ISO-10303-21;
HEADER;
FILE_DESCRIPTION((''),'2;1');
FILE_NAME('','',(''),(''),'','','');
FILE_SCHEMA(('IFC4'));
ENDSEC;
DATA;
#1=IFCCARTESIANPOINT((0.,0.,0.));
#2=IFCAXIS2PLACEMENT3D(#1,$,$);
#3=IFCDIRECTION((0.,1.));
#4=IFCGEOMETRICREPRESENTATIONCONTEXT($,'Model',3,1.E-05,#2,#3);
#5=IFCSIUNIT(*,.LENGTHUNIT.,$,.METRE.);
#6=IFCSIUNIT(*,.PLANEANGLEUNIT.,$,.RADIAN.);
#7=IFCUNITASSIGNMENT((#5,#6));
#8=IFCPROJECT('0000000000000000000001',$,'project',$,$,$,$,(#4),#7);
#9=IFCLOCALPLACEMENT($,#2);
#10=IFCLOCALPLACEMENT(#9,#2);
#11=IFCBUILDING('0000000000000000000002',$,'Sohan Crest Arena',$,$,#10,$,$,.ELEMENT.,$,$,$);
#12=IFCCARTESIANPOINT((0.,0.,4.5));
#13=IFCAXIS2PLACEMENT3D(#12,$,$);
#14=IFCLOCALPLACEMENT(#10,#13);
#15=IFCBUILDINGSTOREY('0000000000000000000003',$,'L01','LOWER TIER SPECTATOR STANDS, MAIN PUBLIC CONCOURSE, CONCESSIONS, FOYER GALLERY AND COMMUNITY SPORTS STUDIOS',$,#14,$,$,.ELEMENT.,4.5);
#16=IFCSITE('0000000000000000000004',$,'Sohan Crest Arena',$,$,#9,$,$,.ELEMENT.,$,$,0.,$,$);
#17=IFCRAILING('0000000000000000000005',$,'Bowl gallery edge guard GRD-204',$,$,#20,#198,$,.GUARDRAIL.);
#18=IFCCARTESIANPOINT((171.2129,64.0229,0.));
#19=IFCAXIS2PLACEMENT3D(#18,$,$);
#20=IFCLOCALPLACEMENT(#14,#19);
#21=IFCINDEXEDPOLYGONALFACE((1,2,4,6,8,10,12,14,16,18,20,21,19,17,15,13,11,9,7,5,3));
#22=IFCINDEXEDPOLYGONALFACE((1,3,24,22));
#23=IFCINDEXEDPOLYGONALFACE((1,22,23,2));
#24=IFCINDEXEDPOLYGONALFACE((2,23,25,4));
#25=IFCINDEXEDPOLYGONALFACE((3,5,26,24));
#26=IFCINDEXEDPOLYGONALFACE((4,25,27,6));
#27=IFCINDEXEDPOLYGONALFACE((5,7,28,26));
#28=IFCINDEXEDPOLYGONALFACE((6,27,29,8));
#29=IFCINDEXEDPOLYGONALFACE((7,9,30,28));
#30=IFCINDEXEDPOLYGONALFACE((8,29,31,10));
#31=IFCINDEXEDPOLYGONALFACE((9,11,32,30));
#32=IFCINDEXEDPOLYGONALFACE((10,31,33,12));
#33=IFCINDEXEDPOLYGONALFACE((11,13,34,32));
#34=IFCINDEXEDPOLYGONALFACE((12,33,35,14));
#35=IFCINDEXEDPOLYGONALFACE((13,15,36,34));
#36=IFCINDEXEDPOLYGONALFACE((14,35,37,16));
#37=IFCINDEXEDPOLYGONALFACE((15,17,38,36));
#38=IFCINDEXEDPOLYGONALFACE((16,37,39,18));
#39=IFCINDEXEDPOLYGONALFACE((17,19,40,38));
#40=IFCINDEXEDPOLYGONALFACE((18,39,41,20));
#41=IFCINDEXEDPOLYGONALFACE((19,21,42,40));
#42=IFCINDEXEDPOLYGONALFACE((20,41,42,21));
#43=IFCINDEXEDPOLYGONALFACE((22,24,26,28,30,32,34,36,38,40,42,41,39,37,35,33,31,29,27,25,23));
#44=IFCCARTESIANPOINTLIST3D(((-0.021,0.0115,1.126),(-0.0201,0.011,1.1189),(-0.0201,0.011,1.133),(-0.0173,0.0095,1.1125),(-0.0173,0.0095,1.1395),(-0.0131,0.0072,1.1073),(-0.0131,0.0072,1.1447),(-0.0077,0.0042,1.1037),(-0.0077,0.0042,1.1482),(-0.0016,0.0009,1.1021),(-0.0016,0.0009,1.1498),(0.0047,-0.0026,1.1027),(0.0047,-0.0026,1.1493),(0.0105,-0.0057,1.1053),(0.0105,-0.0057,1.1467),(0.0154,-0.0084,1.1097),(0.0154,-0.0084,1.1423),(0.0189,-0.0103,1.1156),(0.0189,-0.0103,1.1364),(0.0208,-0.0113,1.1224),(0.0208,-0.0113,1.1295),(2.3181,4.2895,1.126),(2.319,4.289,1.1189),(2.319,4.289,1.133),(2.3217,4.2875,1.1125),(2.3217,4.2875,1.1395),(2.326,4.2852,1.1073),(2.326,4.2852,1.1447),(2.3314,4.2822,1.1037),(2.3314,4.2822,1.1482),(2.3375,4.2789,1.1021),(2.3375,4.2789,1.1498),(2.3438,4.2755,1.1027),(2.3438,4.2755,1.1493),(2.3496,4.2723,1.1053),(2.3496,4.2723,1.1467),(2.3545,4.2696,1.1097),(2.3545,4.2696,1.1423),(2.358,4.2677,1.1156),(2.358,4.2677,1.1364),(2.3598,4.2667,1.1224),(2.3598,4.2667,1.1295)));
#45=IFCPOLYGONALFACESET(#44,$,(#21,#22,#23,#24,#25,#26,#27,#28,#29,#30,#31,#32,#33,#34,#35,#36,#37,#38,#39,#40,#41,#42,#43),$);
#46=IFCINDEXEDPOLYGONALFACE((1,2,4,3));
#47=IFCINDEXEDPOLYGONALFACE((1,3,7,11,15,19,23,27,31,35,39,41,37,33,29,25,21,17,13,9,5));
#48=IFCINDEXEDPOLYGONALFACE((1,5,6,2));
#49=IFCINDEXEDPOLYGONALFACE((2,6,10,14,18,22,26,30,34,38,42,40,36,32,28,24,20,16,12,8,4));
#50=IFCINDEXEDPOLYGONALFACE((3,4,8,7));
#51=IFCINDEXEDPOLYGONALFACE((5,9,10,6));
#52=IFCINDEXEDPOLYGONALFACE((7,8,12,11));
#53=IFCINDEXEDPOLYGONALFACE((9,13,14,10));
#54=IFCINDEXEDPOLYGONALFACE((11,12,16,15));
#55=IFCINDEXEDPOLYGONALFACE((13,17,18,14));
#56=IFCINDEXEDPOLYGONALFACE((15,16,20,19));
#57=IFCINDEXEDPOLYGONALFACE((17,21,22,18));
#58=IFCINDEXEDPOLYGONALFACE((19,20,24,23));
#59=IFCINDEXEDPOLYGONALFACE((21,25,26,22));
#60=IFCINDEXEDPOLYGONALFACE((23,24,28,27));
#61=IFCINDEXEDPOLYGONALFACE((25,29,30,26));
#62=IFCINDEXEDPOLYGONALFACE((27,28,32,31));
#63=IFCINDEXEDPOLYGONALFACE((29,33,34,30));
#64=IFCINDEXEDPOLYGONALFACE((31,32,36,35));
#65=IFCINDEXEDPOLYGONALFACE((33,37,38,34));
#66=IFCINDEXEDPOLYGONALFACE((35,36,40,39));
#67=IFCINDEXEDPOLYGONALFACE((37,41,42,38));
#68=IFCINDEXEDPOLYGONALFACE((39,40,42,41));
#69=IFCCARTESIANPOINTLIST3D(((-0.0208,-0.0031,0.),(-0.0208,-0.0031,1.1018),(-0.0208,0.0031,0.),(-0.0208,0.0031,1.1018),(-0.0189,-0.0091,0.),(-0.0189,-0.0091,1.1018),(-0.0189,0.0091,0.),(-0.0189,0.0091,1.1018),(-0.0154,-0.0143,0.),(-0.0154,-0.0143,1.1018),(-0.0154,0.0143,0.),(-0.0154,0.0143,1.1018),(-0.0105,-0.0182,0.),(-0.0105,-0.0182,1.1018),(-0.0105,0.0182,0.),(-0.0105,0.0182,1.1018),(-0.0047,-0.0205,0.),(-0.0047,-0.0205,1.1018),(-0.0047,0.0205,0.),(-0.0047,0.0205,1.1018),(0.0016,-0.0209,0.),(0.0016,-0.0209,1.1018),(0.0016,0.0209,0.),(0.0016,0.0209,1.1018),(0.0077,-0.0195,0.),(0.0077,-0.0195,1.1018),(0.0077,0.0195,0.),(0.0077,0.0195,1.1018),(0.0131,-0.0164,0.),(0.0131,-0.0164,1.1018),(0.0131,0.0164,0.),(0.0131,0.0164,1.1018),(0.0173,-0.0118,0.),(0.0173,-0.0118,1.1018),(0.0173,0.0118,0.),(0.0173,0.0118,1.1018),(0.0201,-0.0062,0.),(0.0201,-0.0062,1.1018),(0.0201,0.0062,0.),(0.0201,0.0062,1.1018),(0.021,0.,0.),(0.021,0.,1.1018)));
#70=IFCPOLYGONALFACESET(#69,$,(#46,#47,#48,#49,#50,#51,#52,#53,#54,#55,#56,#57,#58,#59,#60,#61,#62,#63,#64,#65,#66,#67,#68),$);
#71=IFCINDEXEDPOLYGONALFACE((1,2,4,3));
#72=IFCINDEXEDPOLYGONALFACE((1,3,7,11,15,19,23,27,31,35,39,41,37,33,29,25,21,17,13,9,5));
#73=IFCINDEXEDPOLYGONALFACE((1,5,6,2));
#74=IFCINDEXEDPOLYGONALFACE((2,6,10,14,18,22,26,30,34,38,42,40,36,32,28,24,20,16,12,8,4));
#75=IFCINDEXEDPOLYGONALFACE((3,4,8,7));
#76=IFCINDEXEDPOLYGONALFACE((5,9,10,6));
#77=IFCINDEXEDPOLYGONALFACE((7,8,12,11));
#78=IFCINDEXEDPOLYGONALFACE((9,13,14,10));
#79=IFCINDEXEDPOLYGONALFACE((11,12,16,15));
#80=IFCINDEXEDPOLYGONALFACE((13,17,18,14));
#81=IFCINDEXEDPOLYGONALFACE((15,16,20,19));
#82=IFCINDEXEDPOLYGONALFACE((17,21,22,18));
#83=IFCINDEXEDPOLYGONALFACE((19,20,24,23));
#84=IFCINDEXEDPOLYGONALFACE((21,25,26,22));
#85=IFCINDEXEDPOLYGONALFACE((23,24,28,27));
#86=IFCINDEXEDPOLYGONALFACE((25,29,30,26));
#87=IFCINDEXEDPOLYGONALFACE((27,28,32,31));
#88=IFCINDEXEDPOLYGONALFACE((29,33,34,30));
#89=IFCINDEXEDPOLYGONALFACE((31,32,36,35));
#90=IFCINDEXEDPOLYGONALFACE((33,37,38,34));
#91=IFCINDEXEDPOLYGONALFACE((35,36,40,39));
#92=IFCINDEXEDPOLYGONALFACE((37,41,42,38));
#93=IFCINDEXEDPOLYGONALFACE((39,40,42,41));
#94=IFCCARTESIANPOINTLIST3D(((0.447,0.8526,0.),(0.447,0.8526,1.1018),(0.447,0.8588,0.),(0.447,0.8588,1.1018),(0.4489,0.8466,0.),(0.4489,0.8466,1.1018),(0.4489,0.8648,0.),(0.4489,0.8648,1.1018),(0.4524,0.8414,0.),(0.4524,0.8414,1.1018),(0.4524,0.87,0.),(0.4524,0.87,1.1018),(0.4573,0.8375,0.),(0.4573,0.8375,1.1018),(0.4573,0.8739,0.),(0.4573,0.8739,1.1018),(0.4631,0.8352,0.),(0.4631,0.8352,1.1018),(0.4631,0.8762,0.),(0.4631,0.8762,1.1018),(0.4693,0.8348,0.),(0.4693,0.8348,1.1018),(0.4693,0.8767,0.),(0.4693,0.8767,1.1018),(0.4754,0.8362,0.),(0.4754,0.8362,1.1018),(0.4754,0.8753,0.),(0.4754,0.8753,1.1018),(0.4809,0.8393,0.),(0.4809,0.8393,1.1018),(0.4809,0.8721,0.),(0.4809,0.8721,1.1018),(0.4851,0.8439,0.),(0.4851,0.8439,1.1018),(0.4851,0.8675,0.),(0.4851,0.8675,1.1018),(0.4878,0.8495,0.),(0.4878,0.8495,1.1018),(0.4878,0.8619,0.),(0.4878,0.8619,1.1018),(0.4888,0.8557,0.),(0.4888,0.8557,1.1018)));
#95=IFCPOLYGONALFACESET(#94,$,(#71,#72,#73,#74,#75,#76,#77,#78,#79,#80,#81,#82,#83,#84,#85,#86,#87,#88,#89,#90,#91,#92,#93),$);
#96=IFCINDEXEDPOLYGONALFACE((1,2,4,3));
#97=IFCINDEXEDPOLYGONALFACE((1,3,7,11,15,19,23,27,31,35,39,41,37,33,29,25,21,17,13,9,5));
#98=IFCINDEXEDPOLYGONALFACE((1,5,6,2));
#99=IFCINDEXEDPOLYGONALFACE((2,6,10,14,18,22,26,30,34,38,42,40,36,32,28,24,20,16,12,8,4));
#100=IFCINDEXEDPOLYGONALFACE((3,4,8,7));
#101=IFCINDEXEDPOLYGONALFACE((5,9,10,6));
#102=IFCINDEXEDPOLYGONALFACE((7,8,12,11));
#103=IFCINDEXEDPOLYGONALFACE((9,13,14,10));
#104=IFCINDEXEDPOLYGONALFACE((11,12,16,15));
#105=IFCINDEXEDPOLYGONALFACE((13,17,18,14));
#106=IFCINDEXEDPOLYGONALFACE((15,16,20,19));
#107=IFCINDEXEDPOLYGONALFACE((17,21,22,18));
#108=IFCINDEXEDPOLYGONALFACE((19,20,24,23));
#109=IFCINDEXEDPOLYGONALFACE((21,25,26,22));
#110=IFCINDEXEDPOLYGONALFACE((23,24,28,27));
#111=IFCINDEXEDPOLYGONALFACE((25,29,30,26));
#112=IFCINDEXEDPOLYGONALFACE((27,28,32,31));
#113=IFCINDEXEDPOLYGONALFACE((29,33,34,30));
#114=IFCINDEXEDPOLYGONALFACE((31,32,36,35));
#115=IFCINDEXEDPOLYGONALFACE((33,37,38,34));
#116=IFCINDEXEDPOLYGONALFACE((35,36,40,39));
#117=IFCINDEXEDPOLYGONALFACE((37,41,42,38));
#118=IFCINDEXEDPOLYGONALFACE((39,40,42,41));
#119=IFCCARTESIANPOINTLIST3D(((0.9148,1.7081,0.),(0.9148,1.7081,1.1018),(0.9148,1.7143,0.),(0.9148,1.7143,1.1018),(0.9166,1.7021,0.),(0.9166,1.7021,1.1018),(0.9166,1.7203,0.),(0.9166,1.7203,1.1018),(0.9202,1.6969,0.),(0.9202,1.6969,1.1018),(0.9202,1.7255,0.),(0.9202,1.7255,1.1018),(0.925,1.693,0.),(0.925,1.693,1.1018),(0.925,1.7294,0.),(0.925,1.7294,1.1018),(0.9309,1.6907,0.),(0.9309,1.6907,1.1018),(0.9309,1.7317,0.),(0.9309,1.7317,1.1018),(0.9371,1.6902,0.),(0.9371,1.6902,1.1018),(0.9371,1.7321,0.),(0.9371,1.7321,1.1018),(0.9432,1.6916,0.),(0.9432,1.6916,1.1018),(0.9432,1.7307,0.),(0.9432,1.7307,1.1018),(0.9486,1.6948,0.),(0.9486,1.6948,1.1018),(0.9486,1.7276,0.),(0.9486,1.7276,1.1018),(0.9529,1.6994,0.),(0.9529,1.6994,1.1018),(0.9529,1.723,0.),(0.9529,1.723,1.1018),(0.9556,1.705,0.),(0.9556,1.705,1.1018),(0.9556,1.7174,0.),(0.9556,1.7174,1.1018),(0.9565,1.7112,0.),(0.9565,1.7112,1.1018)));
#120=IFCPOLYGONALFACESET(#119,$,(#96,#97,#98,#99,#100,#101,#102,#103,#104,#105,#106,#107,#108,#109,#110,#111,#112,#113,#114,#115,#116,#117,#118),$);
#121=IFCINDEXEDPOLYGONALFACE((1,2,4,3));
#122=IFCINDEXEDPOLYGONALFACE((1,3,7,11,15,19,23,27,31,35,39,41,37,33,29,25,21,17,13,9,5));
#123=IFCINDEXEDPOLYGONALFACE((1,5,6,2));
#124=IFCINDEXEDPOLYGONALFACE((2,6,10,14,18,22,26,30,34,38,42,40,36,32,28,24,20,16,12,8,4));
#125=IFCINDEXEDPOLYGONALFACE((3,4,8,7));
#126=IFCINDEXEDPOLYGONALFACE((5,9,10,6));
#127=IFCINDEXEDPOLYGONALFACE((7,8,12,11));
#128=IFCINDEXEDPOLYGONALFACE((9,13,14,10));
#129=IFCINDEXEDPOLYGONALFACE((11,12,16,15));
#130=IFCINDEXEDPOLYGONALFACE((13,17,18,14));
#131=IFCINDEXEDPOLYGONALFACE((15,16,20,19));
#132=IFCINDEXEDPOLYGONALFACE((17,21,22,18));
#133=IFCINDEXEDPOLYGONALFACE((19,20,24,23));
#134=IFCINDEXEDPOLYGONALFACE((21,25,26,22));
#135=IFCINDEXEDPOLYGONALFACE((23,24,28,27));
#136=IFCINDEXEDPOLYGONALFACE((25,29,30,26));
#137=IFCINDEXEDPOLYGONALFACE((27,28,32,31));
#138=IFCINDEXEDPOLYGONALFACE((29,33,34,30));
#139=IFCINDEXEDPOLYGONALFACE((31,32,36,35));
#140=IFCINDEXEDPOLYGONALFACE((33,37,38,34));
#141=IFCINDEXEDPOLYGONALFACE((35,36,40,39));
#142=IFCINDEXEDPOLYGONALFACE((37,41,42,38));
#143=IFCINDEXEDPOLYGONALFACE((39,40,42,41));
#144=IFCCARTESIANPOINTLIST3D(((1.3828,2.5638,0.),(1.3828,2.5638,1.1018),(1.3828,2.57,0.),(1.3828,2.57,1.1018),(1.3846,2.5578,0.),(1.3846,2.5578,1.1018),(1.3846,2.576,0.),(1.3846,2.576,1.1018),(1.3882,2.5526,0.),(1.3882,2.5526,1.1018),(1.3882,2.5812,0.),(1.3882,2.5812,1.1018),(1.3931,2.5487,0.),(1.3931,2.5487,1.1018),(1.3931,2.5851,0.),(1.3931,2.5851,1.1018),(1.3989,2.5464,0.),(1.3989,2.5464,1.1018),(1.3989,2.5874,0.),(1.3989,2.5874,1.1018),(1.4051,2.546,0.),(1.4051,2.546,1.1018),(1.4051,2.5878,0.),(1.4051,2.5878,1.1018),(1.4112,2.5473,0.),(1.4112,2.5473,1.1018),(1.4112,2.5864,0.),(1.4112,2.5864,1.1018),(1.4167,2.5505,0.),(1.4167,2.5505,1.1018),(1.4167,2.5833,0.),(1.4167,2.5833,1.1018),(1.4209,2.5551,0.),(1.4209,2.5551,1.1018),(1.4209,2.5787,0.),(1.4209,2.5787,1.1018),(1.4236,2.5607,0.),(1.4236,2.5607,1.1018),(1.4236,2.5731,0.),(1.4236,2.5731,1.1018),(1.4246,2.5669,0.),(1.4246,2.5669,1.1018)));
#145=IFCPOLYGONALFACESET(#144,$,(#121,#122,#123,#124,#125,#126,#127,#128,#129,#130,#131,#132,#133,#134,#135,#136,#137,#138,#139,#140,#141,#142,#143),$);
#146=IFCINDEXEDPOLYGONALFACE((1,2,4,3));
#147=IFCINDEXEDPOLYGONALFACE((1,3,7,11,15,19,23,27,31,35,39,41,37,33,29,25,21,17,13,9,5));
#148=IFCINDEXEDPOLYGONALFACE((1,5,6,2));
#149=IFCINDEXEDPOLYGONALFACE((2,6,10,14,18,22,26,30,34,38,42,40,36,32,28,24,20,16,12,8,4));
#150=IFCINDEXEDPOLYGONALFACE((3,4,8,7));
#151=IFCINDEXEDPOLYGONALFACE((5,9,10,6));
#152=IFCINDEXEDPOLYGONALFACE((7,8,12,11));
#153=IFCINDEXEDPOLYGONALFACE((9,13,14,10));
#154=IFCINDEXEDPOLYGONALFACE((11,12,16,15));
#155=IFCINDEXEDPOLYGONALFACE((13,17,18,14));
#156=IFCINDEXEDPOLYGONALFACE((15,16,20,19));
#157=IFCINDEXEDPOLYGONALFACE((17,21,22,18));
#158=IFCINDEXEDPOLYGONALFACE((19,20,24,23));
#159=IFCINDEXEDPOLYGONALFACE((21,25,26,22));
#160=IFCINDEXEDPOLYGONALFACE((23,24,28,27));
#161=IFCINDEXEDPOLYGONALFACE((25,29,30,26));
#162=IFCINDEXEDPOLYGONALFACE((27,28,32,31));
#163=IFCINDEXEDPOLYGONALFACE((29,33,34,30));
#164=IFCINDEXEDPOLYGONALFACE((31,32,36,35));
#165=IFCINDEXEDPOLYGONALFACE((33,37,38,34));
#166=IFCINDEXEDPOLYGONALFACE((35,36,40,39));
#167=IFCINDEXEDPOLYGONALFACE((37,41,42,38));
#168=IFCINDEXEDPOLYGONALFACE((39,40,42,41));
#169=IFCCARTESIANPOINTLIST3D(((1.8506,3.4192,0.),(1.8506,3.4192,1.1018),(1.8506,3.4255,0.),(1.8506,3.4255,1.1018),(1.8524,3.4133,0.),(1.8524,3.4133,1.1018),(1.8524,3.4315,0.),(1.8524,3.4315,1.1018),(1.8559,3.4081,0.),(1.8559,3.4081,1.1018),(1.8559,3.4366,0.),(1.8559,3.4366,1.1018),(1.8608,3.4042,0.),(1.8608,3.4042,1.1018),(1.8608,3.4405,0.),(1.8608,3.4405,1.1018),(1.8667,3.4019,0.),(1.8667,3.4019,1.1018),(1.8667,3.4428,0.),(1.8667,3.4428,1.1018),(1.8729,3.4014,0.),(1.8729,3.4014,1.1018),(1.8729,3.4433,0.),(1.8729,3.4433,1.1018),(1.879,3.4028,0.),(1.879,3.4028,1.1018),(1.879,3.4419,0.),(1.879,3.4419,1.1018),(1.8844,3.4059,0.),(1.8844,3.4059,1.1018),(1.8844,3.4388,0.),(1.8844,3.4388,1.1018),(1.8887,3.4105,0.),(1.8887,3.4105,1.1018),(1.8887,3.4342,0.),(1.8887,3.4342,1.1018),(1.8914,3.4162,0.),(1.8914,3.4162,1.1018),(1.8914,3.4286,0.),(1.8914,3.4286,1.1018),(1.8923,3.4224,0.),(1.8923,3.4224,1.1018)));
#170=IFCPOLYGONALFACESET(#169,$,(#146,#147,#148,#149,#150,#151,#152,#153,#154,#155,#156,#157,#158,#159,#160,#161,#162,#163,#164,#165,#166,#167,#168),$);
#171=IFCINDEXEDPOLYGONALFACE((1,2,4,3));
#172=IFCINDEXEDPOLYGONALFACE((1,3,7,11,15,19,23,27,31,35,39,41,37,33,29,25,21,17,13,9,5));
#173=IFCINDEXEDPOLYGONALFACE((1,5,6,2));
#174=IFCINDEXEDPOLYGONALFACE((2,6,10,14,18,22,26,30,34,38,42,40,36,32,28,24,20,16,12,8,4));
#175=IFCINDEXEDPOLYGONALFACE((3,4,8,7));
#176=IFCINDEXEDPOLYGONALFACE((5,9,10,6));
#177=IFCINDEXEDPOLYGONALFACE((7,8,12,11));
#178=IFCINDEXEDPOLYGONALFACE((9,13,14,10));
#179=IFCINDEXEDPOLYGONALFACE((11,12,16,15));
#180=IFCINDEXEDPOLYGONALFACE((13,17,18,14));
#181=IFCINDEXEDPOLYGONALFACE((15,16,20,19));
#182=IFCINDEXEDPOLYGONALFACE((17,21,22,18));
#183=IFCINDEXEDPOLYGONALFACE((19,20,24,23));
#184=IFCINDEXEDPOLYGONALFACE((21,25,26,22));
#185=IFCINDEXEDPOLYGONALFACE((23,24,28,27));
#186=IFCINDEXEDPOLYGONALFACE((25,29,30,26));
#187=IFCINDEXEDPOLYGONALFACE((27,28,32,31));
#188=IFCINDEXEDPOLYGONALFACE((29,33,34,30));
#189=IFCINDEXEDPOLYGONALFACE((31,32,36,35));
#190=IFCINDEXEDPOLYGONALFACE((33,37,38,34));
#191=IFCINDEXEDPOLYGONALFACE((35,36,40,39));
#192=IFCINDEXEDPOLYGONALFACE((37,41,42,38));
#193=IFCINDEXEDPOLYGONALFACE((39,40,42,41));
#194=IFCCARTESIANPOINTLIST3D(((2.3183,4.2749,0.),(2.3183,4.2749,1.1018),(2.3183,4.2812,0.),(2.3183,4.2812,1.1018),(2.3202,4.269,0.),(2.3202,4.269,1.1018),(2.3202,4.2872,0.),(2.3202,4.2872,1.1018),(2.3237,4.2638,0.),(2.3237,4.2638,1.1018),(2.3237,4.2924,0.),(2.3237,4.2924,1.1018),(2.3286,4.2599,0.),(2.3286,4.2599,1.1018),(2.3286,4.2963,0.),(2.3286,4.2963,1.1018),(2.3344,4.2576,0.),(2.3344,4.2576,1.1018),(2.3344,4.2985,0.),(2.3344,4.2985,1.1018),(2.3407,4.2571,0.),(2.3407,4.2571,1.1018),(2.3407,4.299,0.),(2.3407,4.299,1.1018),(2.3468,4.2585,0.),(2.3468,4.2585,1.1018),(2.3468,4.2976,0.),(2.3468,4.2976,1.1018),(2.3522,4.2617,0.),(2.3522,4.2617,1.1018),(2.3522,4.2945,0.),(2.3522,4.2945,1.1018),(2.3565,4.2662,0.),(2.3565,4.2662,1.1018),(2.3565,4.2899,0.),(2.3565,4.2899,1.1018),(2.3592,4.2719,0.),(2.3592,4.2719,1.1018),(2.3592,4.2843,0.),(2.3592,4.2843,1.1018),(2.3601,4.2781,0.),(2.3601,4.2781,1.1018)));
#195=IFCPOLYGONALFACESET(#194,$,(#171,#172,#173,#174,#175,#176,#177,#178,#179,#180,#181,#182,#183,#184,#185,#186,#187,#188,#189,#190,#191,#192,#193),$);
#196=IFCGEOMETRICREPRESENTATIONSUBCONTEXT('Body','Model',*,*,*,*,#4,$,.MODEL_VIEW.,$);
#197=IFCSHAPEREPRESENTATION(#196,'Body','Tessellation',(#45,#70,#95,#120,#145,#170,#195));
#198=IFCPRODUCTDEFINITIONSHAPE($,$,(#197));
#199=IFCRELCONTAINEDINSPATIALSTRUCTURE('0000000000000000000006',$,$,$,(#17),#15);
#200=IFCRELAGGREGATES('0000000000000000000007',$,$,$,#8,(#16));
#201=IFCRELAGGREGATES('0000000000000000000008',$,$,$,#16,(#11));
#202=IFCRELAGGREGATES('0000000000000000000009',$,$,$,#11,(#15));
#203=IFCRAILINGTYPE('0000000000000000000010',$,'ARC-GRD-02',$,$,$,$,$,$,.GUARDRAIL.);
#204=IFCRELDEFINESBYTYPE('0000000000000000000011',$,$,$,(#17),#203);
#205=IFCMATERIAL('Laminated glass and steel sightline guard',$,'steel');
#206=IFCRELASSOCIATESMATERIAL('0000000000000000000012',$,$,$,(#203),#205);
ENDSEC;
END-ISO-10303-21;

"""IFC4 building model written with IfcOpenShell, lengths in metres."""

from ifc_helpers import new_model, si_unit, direction, frame, origin, origin_2d, place, context, subcontext, project, spatial, circle, extrude, material, type_object, element, save


model = new_model("IFC4")

# Units and contexts
model_context = context("Model", 3, precision=1e-05, world=origin(), true_north=direction((0.0, 1.0)))
body_context = subcontext(model_context, "Body", "Model", "MODEL_VIEW")
ifc_project = project(units=[si_unit("LENGTHUNIT", "METRE"), si_unit("PLANEANGLEUNIT", "RADIAN")], contexts=[model_context])

# Site, building, storey
site_placement = place(None, origin())
site = spatial("IfcSite", under=ifc_project, at=site_placement, Name="Sohan Crest Arena", CompositionType="ELEMENT", RefElevation=0.0)
building_placement = place(site_placement, origin())
building = spatial("IfcBuilding", under=site, at=building_placement, Name="Sohan Crest Arena", CompositionType="ELEMENT")
storey_placement = place(building_placement, frame((0.0, 0.0, 4.5)))
storey = spatial("IfcBuildingStorey", under=building, at=storey_placement, Name="L01", Description="LOWER TIER SPECTATOR STANDS, MAIN PUBLIC CONCOURSE, CONCESSIONS, FOYER GALLERY AND COMMUNITY SPORTS STUDIOS", CompositionType="ELEMENT", Elevation=4.5)

# Railing
ifc_material_1 = material(Name="Laminated glass and steel sightline guard", Category="steel")
railing_type = type_object("IfcRailingType", Name="ARC-GRD-02", PredefinedType="GUARDRAIL", material=ifc_material_1)
railing_1_placement = place(storey_placement, frame((171.2129, 64.0229, 0.0)))
element("IfcRailing", 1, at=railing_1_placement, inside=storey, type_object=railing_type, Name="Bowl gallery edge guard GRD-204", PredefinedType="GUARDRAIL", context=body_context, shape_type="SweptSolid", body=[
    extrude(circle(Radius=0.0239, at=origin_2d()), frame((0.0, 0.0, 1.126), z_axis=(0.479739, 0.877411, 0.0), x_axis=(-0.877411, 0.479739, 0.0)), (0.0, 0.0, 1.0), 4.8757),
    extrude(circle(Radius=0.021, at=origin_2d()), origin(), (0.0, 0.0, 1.0), 1.1018),
    extrude(circle(Radius=0.021, at=origin_2d()), frame((0.4678, 0.8557, 0.0)), (0.0, 0.0, 1.0), 1.1018),
    extrude(circle(Radius=0.021, at=origin_2d()), frame((0.9355, 1.7112, 0.0)), (0.0, 0.0, 1.0), 1.1018),
    extrude(circle(Radius=0.021, at=origin_2d()), frame((1.4036, 2.5669, 0.0)), (0.0, 0.0, 1.0), 1.1018),
    extrude(circle(Radius=0.021, at=origin_2d()), frame((1.8713, 3.4224, 0.0)), (0.0, 0.0, 1.0), 1.1018),
    extrude(circle(Radius=0.021, at=origin_2d()), frame((2.3391, 4.2781, 0.0)), (0.0, 0.0, 1.0), 1.1018),
])

save(model, "model.ifc")
